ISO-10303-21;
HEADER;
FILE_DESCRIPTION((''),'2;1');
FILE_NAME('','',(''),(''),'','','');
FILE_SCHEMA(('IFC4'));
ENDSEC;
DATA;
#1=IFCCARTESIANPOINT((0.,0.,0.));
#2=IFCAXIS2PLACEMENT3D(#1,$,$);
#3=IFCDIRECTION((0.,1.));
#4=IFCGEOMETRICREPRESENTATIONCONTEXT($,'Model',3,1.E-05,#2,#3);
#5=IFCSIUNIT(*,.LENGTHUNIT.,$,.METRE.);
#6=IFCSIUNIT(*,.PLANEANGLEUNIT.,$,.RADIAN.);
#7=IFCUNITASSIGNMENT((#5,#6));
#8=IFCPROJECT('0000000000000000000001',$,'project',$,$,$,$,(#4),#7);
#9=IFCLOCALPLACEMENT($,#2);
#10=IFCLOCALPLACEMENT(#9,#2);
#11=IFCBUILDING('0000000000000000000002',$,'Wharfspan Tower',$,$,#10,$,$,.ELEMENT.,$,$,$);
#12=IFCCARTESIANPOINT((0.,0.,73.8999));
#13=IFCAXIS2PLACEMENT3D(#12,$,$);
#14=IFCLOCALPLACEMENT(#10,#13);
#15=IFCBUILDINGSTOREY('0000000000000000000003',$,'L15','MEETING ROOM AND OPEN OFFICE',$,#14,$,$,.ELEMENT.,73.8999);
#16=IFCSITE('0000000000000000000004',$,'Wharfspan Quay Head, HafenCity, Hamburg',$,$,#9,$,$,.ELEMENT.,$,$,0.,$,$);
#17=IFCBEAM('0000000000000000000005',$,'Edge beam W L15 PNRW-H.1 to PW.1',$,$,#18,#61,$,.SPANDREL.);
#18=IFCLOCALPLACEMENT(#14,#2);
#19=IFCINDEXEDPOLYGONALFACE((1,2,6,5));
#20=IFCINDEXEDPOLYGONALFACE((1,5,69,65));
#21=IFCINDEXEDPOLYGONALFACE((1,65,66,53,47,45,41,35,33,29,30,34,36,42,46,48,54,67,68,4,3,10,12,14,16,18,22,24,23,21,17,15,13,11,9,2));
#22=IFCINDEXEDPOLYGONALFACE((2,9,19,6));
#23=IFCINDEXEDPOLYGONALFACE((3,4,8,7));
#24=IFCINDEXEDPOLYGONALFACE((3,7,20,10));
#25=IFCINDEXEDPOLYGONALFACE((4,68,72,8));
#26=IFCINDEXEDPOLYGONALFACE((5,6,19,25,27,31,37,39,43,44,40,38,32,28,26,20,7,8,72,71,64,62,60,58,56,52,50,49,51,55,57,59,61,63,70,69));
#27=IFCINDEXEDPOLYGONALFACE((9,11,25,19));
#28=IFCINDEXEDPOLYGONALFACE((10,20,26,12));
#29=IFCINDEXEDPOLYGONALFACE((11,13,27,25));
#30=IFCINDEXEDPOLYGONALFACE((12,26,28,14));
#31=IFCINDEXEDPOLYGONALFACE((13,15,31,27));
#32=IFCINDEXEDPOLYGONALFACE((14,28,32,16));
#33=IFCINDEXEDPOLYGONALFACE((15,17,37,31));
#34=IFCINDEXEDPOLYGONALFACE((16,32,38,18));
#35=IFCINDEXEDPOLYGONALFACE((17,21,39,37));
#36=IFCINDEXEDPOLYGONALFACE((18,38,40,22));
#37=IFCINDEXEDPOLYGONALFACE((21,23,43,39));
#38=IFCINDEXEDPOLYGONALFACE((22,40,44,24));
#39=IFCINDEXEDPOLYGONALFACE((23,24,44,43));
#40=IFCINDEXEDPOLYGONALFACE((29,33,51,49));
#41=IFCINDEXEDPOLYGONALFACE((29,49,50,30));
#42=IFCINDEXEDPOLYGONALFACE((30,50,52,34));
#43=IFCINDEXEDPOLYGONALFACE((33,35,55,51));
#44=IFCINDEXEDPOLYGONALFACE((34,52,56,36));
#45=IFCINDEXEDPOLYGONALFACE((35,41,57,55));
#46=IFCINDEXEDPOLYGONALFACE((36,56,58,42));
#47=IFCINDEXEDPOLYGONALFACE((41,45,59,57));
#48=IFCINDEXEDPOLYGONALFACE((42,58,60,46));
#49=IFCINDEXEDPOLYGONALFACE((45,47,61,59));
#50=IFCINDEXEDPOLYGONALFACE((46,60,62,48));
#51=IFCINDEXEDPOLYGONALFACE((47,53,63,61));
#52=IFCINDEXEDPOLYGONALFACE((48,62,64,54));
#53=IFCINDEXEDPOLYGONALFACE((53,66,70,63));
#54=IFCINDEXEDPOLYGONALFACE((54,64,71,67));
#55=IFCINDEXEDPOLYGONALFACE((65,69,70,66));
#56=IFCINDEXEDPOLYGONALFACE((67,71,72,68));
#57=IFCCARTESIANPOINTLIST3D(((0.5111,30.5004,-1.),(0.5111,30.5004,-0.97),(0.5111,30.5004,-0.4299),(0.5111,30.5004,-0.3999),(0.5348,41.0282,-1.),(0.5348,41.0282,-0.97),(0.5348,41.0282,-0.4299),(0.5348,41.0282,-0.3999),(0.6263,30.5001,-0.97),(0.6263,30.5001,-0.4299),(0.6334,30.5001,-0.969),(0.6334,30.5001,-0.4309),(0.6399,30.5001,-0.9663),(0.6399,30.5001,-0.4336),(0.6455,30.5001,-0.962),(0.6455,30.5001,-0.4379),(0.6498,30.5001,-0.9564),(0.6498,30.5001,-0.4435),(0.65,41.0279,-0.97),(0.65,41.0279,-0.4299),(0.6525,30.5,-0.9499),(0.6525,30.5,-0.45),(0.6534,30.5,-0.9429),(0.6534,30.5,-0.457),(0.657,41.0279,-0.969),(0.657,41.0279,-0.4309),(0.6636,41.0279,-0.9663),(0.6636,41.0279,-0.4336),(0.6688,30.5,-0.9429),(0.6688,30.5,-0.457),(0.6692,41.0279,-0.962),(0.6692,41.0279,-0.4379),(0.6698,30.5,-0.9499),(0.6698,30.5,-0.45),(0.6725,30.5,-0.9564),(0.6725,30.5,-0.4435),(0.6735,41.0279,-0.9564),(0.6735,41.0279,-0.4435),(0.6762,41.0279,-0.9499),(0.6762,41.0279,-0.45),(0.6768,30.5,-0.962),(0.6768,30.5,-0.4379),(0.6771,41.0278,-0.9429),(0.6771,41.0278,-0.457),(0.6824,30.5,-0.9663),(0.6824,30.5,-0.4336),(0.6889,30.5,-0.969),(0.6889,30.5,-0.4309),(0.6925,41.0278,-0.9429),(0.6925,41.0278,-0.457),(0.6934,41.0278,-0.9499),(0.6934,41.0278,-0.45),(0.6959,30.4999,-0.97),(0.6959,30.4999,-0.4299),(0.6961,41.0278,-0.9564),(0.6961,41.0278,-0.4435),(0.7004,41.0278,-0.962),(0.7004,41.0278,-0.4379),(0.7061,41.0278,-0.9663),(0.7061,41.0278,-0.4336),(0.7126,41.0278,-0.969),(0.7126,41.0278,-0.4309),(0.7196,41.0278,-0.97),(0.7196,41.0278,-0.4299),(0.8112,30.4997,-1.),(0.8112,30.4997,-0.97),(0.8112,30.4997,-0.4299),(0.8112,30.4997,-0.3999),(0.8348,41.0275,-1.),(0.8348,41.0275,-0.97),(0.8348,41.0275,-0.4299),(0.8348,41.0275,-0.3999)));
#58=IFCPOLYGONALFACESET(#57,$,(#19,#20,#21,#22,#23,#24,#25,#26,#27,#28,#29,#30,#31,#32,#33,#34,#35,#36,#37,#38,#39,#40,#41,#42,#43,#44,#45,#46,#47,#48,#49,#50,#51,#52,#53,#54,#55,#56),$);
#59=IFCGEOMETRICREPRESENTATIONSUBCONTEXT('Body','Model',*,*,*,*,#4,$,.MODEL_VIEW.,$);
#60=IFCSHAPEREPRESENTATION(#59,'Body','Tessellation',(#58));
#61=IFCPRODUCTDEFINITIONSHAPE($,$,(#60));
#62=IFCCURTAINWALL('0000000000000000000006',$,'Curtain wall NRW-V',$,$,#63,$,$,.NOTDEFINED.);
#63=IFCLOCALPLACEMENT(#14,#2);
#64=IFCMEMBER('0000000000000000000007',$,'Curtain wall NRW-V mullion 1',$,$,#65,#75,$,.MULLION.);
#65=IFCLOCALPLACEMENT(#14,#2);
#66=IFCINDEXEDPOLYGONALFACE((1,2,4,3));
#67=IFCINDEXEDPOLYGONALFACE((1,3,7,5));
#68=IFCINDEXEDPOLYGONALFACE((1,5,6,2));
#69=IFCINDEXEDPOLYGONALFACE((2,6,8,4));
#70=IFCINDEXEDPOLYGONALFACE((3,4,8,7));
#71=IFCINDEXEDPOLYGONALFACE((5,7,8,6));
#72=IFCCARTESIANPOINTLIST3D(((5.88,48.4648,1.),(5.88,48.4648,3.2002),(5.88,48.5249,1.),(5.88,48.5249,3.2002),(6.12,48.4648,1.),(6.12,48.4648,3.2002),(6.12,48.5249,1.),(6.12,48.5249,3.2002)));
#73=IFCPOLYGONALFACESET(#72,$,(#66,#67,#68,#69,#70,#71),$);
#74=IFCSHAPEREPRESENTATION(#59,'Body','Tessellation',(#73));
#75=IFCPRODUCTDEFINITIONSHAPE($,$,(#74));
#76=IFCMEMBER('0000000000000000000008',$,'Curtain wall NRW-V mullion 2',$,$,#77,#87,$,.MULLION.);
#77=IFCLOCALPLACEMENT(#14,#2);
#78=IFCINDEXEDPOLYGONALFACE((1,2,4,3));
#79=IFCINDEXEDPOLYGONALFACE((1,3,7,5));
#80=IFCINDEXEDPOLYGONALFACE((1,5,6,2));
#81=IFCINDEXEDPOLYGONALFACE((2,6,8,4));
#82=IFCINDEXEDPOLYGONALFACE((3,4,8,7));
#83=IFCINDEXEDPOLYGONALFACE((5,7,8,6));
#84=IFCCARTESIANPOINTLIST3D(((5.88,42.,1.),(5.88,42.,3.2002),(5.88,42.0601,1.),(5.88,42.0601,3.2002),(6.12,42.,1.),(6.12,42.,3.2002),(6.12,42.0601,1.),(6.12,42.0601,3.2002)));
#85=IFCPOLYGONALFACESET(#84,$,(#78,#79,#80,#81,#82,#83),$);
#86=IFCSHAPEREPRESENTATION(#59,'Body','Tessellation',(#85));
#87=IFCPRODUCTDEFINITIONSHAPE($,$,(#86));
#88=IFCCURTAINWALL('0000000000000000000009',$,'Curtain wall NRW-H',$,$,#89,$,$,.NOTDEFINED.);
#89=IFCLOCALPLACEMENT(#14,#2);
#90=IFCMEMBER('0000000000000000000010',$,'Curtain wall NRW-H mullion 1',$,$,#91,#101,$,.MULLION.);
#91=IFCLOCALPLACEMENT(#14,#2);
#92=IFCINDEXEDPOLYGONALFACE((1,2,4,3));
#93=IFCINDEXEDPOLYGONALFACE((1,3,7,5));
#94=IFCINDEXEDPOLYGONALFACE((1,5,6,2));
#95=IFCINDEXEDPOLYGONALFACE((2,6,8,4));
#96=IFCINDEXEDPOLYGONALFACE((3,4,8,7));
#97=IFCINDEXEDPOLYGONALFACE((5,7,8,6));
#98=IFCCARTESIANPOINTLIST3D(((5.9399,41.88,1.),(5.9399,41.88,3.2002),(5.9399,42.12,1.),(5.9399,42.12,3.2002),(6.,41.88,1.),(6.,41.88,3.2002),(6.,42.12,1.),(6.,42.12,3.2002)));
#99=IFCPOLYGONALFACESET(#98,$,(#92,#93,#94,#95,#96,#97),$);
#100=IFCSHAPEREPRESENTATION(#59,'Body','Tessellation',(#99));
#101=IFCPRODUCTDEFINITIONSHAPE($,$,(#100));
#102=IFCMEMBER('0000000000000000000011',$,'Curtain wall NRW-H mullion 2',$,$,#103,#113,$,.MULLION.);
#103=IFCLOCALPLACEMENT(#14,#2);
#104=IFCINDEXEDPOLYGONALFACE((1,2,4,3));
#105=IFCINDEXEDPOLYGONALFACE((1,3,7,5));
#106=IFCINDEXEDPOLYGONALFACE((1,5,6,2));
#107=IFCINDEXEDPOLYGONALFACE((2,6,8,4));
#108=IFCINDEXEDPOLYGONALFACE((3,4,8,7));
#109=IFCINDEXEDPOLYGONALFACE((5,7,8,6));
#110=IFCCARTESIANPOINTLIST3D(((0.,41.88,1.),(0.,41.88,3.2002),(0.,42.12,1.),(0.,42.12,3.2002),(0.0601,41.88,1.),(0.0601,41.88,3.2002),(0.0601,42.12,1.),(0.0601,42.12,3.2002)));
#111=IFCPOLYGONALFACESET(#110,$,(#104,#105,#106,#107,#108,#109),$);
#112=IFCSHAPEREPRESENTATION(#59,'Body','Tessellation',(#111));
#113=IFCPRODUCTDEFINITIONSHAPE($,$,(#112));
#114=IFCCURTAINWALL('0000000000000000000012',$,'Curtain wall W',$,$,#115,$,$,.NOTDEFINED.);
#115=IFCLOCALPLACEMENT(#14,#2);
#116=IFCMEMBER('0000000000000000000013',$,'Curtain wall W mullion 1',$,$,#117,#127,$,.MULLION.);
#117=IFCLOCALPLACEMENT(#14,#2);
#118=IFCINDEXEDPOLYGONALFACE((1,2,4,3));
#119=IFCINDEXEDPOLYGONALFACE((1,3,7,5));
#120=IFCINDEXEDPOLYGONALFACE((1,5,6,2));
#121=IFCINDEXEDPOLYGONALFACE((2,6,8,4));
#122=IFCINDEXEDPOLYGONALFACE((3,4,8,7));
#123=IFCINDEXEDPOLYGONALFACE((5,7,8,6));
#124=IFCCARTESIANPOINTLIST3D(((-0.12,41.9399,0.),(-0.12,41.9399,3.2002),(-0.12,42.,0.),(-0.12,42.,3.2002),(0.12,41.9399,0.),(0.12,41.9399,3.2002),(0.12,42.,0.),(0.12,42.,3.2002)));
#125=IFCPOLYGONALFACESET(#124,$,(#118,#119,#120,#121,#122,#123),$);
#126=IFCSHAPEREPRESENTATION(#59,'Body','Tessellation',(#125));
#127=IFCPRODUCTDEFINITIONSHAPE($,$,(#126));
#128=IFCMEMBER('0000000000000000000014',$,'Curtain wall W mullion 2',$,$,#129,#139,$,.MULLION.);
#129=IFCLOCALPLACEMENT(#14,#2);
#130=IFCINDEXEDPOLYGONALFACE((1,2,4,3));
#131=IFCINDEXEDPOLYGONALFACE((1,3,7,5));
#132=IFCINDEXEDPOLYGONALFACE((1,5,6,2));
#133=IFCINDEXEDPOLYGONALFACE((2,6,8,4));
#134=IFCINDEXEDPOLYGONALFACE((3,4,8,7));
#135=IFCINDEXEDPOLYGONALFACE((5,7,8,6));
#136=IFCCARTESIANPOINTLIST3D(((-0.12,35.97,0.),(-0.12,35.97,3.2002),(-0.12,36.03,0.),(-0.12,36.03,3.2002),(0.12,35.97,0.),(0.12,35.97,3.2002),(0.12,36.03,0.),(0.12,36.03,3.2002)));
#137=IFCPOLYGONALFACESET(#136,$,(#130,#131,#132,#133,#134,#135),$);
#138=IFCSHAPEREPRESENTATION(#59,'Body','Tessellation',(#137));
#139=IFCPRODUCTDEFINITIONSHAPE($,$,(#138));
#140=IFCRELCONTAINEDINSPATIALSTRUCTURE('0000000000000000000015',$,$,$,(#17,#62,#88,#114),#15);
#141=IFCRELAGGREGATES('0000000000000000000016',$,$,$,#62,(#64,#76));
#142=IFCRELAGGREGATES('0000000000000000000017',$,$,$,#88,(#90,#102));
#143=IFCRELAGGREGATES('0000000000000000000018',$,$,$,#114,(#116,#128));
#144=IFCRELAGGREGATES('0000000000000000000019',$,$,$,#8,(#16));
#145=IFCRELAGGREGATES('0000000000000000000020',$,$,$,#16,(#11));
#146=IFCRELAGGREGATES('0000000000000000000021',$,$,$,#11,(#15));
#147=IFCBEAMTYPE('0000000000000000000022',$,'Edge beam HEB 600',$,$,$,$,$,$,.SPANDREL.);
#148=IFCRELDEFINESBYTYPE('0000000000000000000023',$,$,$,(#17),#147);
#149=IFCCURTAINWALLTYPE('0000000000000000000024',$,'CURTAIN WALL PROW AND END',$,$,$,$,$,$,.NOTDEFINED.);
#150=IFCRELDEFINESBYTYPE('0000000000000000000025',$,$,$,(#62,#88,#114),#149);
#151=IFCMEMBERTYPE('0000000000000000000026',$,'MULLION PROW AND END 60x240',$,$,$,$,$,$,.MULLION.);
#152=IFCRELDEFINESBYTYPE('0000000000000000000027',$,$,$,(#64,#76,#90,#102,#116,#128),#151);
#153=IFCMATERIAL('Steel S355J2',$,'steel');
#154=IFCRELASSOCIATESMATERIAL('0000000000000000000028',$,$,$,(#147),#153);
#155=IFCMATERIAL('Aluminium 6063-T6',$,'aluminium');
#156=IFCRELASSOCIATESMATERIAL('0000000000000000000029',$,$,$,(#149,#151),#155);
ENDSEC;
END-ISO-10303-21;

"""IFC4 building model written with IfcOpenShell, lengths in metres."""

from ifc_helpers import new_model, si_unit, direction, frame, origin, origin_2d, place, context, subcontext, project, spatial, rectangle, i_section, extrude, material, material_profile, profile_set, type_object, element, aggregate, save


model = new_model("IFC4")

# Units and contexts
model_context = context("Model", 3, precision=1e-05, world=origin(), true_north=direction((0.0, 1.0)))
body_context = subcontext(model_context, "Body", "Model", "MODEL_VIEW")
ifc_project = project(units=[si_unit("LENGTHUNIT", "METRE"), si_unit("PLANEANGLEUNIT", "RADIAN")], contexts=[model_context])

# Site, building, storey
site_placement = place(None, origin())
site = spatial("IfcSite", under=ifc_project, at=site_placement, Name="Wharfspan Quay Head, HafenCity, Hamburg", CompositionType="ELEMENT", RefElevation=0.0)
building_placement = place(site_placement, origin())
building = spatial("IfcBuilding", under=site, at=building_placement, Name="Wharfspan Tower", CompositionType="ELEMENT")
storey_placement = place(building_placement, frame((0.0, 0.0, 73.8999)))
storey = spatial("IfcBuildingStorey", under=building, at=storey_placement, Name="L15", Description="MEETING ROOM AND OPEN OFFICE", CompositionType="ELEMENT", Elevation=73.8999)

# Shared definitions
ifc_material_1 = material(Name="Steel S355J2", Category="steel")

# Beam
ifc_material_profile_1 = material_profile(ifc_material_1, i_section(OverallWidth=0.3, OverallDepth=0.6001, WebThickness=0.0154, FlangeThickness=0.03, FilletRadius=0.0271, at=origin_2d()))
ifc_profile_set_1 = profile_set([ifc_material_profile_1], Name="Steel S355J2")
beam_type = type_object("IfcBeamType", Name="Edge beam HEB 600", PredefinedType="SPANDREL", material=ifc_profile_set_1)
beam_placement = place(storey_placement, frame((0.6848, 41.0278, -0.7), z_axis=(-0.002249, -0.999997, 0.0), x_axis=(0.999997, -0.002249, 0.0)))
element("IfcBeam", 1, at=beam_placement, inside=storey, type_object=beam_type, Name="Edge beam W L15 PNRW-H.1 to PW.1", PredefinedType="SPANDREL", context=body_context, shape_type="SweptSolid", body=[
    extrude(i_section(OverallWidth=0.3, OverallDepth=0.6001, WebThickness=0.0154, FlangeThickness=0.03, FilletRadius=0.0271, at=origin_2d()), origin(), (0.0, 0.0, 1.0), 10.5278),
])

# Curtain walls, members
ifc_material_2 = material(Name="Aluminium 6063-T6", Category="aluminium")
curtain_wall_type = type_object("IfcCurtainWallType", Name="CURTAIN WALL PROW AND END", PredefinedType="NOTDEFINED", material=ifc_material_2)
curtain_wall_1_placement = place(storey_placement, origin())
curtain_wall_1 = element("IfcCurtainWall", 2, at=curtain_wall_1_placement, inside=storey, type_object=curtain_wall_type, Name="Curtain wall NRW-V", PredefinedType="NOTDEFINED")
ifc_material_profile_2 = material_profile(ifc_material_2, rectangle(XDim=0.24, YDim=0.0601, at=origin_2d()))
ifc_profile_set_2 = profile_set([ifc_material_profile_2], Name="Aluminium 6063-T6")
member_type_1 = type_object("IfcMemberType", Name="MULLION PROW AND END 60x240", PredefinedType="MULLION", material=ifc_profile_set_2)
member_1_placement = place(storey_placement, frame((6.0, 48.4949, 1.0), z_axis=(0.0, 0.0, 1.0), x_axis=(1.0, 0.0, 0.0)))
member_1 = element("IfcMember", 3, at=member_1_placement, type_object=member_type_1, Name="Curtain wall NRW-V mullion 1", PredefinedType="MULLION", context=body_context, shape_type="SweptSolid", body=[
    extrude(rectangle(XDim=0.24, YDim=0.0601, at=origin_2d()), origin(), (0.0, 0.0, 1.0), 2.2002),
])
member_2_placement = place(storey_placement, frame((6.0, 42.03, 1.0), z_axis=(0.0, 0.0, 1.0), x_axis=(1.0, 0.0, 0.0)))
member_2 = element("IfcMember", 4, at=member_2_placement, type_object=member_type_1, Name="Curtain wall NRW-V mullion 2", PredefinedType="MULLION", context=body_context, shape_type="SweptSolid", body=[
    extrude(rectangle(XDim=0.24, YDim=0.0601, at=origin_2d()), origin(), (0.0, 0.0, 1.0), 2.2002),
])
curtain_wall_2_placement = place(storey_placement, origin())
curtain_wall_2 = element("IfcCurtainWall", 5, at=curtain_wall_2_placement, inside=storey, type_object=curtain_wall_type, Name="Curtain wall NRW-H", PredefinedType="NOTDEFINED")
member_3_placement = place(storey_placement, frame((5.97, 42.0, 1.0), z_axis=(0.0, 0.0, 1.0), x_axis=(0.0, -1.0, 0.0)))
member_3 = element("IfcMember", 6, at=member_3_placement, type_object=member_type_1, Name="Curtain wall NRW-H mullion 1", PredefinedType="MULLION", context=body_context, shape_type="SweptSolid", body=[
    extrude(rectangle(XDim=0.24, YDim=0.0601, at=origin_2d()), origin(), (0.0, 0.0, 1.0), 2.2002),
])
member_4_placement = place(storey_placement, frame((0.03, 42.0, 1.0), z_axis=(0.0, 0.0, 1.0), x_axis=(0.0, -1.0, 0.0)))
member_4 = element("IfcMember", 7, at=member_4_placement, type_object=member_type_1, Name="Curtain wall NRW-H mullion 2", PredefinedType="MULLION", context=body_context, shape_type="SweptSolid", body=[
    extrude(rectangle(XDim=0.24, YDim=0.0601, at=origin_2d()), origin(), (0.0, 0.0, 1.0), 2.2002),
])
curtain_wall_3_placement = place(storey_placement, origin())
curtain_wall_3 = element("IfcCurtainWall", 8, at=curtain_wall_3_placement, inside=storey, type_object=curtain_wall_type, Name="Curtain wall W", PredefinedType="NOTDEFINED")
member_5_placement = place(storey_placement, frame((0.0, 41.97, 0.0), z_axis=(0.0, 0.0, 1.0), x_axis=(1.0, 0.0, 0.0)))
member_5 = element("IfcMember", 9, at=member_5_placement, type_object=member_type_1, Name="Curtain wall W mullion 1", PredefinedType="MULLION", context=body_context, shape_type="SweptSolid", body=[
    extrude(rectangle(XDim=0.24, YDim=0.0601, at=origin_2d()), origin(), (0.0, 0.0, 1.0), 3.2002),
])
member_6_placement = place(storey_placement, frame((0.0, 36.0, 0.0), z_axis=(0.0, 0.0, 1.0), x_axis=(1.0, 0.0, 0.0)))
member_6 = element("IfcMember", 10, at=member_6_placement, type_object=member_type_1, Name="Curtain wall W mullion 2", PredefinedType="MULLION", context=body_context, shape_type="SweptSolid", body=[
    extrude(rectangle(XDim=0.24, YDim=0.0601, at=origin_2d()), origin(), (0.0, 0.0, 1.0), 3.2002),
])

aggregate(curtain_wall_1, [member_1, member_2])
aggregate(curtain_wall_2, [member_3, member_4])
aggregate(curtain_wall_3, [member_5, member_6])

save(model, "model.ifc")
